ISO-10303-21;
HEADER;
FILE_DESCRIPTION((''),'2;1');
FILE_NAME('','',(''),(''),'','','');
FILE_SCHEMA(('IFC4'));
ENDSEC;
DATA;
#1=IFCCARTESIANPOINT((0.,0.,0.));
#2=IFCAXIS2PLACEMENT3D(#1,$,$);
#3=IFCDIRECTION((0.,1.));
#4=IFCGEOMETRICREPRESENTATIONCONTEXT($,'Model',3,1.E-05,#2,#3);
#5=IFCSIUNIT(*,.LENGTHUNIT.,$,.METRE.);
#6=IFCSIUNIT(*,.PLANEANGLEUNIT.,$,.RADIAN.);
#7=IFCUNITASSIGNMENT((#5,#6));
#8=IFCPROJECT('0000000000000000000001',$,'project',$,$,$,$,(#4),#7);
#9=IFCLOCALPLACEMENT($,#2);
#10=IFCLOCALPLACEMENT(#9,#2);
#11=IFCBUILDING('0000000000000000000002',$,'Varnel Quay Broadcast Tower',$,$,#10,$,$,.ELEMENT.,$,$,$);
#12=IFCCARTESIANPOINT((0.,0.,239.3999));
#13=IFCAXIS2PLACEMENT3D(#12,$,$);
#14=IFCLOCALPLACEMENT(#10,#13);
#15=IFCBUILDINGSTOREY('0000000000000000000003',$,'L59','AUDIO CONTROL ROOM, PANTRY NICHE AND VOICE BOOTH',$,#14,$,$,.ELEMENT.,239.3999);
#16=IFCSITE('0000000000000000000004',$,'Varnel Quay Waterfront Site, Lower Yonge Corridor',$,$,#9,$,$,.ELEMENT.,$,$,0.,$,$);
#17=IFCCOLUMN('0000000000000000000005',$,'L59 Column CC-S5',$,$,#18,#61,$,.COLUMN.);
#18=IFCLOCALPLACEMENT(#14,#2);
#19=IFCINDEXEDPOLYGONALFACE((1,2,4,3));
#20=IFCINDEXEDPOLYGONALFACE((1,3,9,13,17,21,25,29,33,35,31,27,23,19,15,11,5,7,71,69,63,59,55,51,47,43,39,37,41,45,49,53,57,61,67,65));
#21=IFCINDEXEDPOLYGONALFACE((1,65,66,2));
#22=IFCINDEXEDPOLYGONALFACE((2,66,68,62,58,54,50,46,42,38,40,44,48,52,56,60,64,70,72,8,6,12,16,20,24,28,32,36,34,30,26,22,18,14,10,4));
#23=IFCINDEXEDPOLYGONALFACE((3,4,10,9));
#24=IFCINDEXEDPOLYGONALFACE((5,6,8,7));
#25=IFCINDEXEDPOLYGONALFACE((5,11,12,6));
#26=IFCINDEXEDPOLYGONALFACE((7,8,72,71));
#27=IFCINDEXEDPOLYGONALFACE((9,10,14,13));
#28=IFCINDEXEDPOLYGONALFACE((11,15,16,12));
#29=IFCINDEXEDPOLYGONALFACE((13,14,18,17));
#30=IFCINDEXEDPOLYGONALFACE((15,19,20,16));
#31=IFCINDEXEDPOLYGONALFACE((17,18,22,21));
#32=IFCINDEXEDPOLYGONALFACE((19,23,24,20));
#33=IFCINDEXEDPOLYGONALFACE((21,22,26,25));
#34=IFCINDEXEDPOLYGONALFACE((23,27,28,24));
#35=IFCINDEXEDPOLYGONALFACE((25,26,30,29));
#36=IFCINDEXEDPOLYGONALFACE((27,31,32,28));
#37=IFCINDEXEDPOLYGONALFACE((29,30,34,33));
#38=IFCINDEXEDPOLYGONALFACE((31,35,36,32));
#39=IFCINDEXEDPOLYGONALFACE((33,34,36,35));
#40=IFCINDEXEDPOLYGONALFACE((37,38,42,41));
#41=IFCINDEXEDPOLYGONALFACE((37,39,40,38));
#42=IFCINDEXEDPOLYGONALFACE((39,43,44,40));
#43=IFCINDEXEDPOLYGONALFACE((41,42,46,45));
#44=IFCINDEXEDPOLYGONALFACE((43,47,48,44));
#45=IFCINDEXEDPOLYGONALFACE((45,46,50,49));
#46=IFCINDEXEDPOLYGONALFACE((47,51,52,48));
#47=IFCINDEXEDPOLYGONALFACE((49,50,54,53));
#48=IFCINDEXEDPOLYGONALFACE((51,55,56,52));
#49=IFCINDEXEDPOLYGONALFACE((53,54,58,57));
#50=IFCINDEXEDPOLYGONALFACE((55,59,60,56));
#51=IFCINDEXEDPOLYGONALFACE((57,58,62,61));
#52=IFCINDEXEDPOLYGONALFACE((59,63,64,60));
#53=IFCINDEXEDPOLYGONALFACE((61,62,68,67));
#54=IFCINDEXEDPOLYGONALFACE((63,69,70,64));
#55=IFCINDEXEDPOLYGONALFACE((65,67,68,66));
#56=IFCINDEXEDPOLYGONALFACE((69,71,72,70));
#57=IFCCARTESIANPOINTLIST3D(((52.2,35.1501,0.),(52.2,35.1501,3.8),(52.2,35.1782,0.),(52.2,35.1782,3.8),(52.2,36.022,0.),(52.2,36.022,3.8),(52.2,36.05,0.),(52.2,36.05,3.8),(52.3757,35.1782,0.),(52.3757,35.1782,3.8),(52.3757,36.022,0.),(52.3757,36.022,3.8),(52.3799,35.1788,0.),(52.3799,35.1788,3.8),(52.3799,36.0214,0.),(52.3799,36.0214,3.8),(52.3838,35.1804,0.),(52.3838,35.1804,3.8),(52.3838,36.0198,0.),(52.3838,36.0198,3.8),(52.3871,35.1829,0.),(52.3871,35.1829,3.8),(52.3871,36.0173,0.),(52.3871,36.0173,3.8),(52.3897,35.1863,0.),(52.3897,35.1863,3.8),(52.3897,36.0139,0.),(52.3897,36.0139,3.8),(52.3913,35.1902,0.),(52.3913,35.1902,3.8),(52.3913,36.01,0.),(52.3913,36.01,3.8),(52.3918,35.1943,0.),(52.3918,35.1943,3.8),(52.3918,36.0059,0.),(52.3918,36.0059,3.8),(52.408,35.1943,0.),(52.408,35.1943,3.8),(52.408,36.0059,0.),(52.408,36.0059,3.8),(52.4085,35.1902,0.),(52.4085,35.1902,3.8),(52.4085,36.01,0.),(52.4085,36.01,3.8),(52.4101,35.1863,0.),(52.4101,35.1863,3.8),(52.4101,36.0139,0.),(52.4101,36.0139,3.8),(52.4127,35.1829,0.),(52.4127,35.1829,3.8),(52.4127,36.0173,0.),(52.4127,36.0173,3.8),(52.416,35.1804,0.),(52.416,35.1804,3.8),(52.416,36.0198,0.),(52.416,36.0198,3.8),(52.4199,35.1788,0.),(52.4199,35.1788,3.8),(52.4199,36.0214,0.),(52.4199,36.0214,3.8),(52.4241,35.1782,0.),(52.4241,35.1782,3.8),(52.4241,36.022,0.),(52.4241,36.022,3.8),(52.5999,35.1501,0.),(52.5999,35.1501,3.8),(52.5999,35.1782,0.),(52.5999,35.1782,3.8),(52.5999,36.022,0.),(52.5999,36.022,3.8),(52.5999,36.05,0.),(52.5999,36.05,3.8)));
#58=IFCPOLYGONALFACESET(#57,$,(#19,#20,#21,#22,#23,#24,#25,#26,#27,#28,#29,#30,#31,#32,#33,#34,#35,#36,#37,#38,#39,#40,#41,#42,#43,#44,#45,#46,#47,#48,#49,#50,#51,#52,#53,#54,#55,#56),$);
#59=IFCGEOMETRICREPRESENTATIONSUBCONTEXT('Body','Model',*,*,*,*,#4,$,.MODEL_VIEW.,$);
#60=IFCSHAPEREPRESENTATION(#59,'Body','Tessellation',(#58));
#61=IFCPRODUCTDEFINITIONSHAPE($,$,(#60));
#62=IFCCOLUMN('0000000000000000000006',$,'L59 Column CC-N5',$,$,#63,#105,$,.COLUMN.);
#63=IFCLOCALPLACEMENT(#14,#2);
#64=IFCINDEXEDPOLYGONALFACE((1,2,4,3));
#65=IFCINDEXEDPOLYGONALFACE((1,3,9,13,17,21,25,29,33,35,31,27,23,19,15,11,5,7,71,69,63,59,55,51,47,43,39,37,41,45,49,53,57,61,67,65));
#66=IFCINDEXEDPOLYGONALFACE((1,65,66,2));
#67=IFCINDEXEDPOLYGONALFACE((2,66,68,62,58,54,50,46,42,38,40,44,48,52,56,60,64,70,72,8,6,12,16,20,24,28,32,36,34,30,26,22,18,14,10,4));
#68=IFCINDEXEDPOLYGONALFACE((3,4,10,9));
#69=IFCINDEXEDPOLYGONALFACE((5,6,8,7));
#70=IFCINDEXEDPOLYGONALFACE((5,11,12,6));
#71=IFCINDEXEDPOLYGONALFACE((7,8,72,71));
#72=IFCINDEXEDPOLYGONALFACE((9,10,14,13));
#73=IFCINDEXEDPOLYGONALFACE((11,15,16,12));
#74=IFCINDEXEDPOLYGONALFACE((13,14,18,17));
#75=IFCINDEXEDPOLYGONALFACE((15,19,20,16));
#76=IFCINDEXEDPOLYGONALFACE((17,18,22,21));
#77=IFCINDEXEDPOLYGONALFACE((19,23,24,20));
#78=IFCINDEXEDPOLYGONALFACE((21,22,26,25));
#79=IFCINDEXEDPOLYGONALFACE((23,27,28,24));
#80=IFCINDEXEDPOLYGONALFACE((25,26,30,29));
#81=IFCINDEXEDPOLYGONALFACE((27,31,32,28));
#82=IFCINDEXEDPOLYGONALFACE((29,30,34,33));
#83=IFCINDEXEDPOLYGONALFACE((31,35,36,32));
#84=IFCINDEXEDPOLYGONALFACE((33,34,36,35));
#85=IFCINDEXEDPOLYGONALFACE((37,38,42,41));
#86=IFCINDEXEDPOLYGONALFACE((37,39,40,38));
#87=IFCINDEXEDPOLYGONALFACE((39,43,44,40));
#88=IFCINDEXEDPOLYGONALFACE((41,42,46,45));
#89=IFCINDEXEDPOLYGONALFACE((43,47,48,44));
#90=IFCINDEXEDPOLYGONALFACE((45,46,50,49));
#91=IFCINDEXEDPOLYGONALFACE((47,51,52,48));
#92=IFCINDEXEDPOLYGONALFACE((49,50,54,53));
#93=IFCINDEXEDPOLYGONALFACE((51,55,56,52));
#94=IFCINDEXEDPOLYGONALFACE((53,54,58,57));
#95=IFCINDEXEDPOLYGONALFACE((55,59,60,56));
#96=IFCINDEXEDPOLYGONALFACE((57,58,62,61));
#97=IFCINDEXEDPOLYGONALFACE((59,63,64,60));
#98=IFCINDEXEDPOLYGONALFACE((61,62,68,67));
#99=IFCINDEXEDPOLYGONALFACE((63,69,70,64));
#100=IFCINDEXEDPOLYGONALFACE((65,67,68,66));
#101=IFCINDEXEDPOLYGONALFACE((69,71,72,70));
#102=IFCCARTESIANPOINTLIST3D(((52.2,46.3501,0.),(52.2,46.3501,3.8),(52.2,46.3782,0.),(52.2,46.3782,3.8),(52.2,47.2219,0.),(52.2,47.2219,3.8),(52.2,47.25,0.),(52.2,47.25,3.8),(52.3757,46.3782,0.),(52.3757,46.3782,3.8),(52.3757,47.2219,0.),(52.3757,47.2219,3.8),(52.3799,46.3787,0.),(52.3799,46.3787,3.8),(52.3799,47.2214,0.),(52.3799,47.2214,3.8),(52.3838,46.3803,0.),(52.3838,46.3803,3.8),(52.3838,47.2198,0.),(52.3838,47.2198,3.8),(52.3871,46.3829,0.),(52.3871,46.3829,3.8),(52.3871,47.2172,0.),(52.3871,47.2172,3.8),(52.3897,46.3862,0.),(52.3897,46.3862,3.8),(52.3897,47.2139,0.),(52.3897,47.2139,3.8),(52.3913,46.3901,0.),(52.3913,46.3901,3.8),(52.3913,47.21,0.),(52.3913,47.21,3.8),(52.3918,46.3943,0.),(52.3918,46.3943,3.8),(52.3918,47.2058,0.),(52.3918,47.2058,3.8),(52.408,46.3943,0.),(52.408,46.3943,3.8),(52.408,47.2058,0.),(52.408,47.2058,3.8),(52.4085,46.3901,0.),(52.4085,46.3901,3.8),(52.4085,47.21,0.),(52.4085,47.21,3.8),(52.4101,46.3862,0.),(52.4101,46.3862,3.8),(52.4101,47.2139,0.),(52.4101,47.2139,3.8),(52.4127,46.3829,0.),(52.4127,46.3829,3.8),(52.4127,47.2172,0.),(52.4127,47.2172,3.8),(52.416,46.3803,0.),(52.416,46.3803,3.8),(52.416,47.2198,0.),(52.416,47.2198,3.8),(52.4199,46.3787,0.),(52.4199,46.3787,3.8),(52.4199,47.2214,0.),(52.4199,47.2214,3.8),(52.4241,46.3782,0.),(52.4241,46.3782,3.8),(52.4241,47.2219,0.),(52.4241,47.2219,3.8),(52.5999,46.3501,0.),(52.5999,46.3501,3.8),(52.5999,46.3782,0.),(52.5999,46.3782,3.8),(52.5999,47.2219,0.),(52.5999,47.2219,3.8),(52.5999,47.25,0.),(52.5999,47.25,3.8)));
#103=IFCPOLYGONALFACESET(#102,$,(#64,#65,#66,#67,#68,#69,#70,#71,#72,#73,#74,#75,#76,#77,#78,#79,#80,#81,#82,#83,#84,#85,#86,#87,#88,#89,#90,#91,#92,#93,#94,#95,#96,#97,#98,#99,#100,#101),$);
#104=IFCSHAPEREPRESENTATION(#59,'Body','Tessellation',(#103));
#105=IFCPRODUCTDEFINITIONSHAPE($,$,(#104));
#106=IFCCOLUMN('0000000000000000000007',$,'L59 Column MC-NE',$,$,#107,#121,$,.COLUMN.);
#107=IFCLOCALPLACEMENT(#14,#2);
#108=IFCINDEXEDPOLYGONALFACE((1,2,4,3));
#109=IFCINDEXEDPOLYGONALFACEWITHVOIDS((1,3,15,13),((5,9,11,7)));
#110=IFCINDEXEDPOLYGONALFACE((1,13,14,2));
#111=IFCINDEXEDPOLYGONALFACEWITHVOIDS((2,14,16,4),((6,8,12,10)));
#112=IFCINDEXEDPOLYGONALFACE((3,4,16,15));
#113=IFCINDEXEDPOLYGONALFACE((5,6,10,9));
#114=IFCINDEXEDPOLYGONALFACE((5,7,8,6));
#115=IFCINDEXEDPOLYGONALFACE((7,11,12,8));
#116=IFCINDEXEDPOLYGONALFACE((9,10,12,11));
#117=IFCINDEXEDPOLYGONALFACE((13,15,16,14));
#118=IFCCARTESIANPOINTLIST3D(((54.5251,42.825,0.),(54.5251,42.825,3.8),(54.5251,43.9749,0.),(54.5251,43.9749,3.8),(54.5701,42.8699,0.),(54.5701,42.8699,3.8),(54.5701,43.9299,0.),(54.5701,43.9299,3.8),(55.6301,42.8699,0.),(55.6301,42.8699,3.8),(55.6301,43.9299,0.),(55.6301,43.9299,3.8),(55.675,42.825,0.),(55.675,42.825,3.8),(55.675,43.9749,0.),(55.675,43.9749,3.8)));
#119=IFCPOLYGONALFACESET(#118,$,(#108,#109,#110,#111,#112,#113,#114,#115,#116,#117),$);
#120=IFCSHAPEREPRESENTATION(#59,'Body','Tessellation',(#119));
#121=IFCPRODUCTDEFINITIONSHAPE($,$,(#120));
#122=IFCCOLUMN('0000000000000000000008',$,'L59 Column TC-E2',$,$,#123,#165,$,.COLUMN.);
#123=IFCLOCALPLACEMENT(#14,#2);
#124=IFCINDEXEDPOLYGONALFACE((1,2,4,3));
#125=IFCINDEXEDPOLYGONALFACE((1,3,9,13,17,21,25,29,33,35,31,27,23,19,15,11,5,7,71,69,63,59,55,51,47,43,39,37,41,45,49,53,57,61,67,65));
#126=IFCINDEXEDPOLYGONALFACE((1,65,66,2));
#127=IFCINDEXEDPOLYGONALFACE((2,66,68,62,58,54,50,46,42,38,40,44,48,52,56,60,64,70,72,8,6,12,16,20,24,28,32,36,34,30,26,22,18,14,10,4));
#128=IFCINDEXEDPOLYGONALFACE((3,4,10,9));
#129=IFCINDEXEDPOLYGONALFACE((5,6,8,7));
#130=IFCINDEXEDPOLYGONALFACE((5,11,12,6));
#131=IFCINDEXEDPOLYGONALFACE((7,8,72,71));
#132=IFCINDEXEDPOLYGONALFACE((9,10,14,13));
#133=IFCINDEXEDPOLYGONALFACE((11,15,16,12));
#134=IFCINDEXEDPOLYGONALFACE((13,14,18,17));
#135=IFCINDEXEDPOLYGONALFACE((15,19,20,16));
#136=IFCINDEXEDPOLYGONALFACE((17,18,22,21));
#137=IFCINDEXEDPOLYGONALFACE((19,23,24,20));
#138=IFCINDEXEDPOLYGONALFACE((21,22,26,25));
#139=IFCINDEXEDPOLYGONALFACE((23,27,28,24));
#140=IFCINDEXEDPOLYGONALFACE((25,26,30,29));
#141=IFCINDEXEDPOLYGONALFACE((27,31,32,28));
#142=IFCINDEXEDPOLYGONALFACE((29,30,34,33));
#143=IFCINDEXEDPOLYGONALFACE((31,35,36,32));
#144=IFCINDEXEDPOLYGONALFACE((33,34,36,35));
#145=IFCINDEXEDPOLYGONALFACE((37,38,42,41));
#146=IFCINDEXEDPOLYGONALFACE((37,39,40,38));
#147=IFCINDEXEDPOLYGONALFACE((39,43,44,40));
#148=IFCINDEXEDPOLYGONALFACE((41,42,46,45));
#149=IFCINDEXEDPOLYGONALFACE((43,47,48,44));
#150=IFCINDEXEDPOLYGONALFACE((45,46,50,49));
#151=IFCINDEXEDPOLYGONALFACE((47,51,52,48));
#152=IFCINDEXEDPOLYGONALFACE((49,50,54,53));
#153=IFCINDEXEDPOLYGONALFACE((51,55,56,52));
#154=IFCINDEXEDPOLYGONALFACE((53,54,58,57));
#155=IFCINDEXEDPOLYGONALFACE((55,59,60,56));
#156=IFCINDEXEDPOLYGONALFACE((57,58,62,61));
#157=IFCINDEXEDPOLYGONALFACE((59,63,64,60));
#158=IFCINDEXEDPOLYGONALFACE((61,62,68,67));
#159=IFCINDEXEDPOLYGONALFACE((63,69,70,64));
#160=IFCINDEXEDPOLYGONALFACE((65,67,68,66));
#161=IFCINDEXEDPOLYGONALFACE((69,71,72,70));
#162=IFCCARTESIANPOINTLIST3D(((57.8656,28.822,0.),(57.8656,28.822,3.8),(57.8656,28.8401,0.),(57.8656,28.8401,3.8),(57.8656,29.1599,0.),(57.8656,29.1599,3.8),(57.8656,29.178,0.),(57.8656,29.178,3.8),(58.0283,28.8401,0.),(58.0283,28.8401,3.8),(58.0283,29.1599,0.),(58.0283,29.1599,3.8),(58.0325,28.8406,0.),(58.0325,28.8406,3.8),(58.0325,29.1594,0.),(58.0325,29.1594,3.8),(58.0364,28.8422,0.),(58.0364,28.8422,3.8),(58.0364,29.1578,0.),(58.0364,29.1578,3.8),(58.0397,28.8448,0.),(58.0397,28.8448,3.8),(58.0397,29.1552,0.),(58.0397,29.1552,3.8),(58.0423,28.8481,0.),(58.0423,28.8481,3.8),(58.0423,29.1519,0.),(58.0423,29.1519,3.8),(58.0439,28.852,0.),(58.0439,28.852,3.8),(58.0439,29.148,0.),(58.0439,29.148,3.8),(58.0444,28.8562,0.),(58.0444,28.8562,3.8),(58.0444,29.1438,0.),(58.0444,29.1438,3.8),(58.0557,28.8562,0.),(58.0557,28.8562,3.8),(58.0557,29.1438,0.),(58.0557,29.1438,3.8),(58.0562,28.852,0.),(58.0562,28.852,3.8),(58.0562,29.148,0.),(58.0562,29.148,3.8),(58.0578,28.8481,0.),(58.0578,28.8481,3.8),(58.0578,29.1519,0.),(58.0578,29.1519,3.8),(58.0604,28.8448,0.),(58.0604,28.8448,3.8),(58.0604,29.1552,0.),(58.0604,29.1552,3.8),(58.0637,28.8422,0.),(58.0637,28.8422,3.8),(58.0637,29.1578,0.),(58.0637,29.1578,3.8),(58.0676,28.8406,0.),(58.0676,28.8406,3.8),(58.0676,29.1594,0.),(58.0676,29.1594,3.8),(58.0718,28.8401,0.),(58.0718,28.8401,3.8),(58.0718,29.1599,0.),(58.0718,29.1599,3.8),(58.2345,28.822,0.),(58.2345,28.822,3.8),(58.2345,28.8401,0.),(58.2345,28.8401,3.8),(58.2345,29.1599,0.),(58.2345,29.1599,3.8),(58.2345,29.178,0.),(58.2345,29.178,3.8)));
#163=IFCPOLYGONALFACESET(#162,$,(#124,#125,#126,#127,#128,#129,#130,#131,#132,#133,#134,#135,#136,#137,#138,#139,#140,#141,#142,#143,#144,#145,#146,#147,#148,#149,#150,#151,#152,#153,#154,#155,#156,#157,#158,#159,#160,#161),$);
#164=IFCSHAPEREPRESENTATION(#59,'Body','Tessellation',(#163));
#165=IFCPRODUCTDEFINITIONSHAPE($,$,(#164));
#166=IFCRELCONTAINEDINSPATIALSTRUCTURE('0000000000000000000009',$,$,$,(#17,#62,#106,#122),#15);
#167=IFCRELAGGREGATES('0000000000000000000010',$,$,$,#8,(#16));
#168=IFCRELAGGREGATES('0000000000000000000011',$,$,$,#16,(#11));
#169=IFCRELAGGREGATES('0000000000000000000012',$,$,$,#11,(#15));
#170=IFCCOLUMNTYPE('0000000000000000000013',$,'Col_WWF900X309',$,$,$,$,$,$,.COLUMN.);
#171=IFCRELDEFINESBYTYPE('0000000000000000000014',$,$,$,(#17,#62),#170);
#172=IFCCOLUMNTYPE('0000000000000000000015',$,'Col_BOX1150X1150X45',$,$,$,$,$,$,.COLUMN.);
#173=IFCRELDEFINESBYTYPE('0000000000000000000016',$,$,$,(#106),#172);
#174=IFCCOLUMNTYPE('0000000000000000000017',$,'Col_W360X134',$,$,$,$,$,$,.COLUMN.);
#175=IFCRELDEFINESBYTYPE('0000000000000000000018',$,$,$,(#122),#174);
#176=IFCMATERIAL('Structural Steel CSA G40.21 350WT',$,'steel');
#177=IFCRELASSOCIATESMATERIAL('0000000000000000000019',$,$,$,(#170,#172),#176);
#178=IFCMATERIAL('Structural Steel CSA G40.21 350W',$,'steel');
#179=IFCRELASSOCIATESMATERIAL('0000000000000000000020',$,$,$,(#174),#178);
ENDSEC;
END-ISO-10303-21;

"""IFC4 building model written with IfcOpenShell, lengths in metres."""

from ifc_helpers import new_model, si_unit, direction, frame, origin, origin_2d, place, context, subcontext, project, spatial, hollow_rectangle, i_section, extrude, source, transform, mapped, material, material_profile, profile_set, type_object, type_shapes, element, save


model = new_model("IFC4")

# Units and contexts
model_context = context("Model", 3, precision=1e-05, world=origin(), true_north=direction((0.0, 1.0)))
body_context = subcontext(model_context, "Body", "Model", "MODEL_VIEW")
ifc_project = project(units=[si_unit("LENGTHUNIT", "METRE"), si_unit("PLANEANGLEUNIT", "RADIAN")], contexts=[model_context])

# Site, building, storey
site_placement = place(None, origin())
site = spatial("IfcSite", under=ifc_project, at=site_placement, Name="Varnel Quay Waterfront Site, Lower Yonge Corridor", CompositionType="ELEMENT", RefElevation=0.0)
building_placement = place(site_placement, origin())
building = spatial("IfcBuilding", under=site, at=building_placement, Name="Varnel Quay Broadcast Tower", CompositionType="ELEMENT")
storey_placement = place(building_placement, frame((0.0, 0.0, 239.3999)))
storey = spatial("IfcBuildingStorey", under=building, at=storey_placement, Name="L59", Description="AUDIO CONTROL ROOM, PANTRY NICHE AND VOICE BOOTH", CompositionType="ELEMENT", Elevation=239.3999)

# Columns
ifc_material_1 = material(Name="Structural Steel CSA G40.21 350WT", Category="steel")
ifc_material_profile_1 = material_profile(ifc_material_1, i_section(OverallWidth=0.3999, OverallDepth=0.8999, WebThickness=0.0161, FlangeThickness=0.0281, FilletRadius=0.0161, at=origin_2d()), Name="WWF900X309")
ifc_profile_set_1 = profile_set([ifc_material_profile_1], Name="Structural Steel CSA G40.21 350WT")
column_type_1 = type_object("IfcColumnType", Name="Col_WWF900X309", PredefinedType="COLUMN", material=ifc_profile_set_1)
shared_shape_1 = source(origin(), body_context, "Body", "SweptSolid", [
    extrude(i_section(OverallWidth=0.3999, OverallDepth=0.8999, WebThickness=0.0161, FlangeThickness=0.0281, FilletRadius=0.0161, at=origin_2d()), origin(), (0.0, 0.0, 1.0), 3.8),
])
type_shapes(column_type_1, [shared_shape_1])
for number, where, z_axis, x_axis, name in (
    (1, (52.3999, 35.6001, 0.0), (0.0, 0.0, 1.0), (1.0, 0.0, 0.0), "L59 Column CC-S5"),
    (2, (52.3999, 46.8, 0.0), (0.0, 0.0, 1.0), (1.0, 0.0, 0.0), "L59 Column CC-N5"),
):
    element("IfcColumn", number, at=place(storey_placement, frame(where, z_axis=z_axis, x_axis=x_axis)), inside=storey, type_object=column_type_1, Name=name, PredefinedType="COLUMN", context=body_context, shape_type="MappedRepresentation", body=[
        mapped(shared_shape_1, transform((0.0, 0.0, 0.0), x_axis=(1.0, 0.0, 0.0), y_axis=(0.0, 1.0, 0.0), z_axis=(0.0, 0.0, 1.0), scale=1.0)),
    ])
ifc_material_profile_2 = material_profile(ifc_material_1, hollow_rectangle(XDim=1.1499, YDim=1.1499, WallThickness=0.0449, at=origin_2d()), Name="BOX1150X1150X45")
ifc_profile_set_2 = profile_set([ifc_material_profile_2], Name="Structural Steel CSA G40.21 350WT")
column_type_2 = type_object("IfcColumnType", Name="Col_BOX1150X1150X45", PredefinedType="COLUMN", material=ifc_profile_set_2)
shared_shape_2 = source(origin(), body_context, "Body", "SweptSolid", [
    extrude(hollow_rectangle(XDim=1.1499, YDim=1.1499, WallThickness=0.0449, at=origin_2d()), origin(), (0.0, 0.0, 1.0), 3.8),
])
type_shapes(column_type_2, [shared_shape_2])
column_placement = place(storey_placement, frame((55.1001, 43.3999, 0.0), z_axis=(0.0, 0.0, 1.0), x_axis=(1.0, 0.0, 0.0)))
element("IfcColumn", 3, at=column_placement, inside=storey, type_object=column_type_2, Name="L59 Column MC-NE", PredefinedType="COLUMN", context=body_context, shape_type="MappedRepresentation", body=[
    mapped(shared_shape_2, transform((0.0, 0.0, 0.0), x_axis=(1.0, 0.0, 0.0), y_axis=(0.0, 1.0, 0.0), z_axis=(0.0, 0.0, 1.0), scale=1.0)),
])
ifc_material_2 = material(Name="Structural Steel CSA G40.21 350W", Category="steel")
ifc_material_profile_3 = material_profile(ifc_material_2, i_section(OverallWidth=0.3689, OverallDepth=0.356, WebThickness=0.0112, FlangeThickness=0.0181, FilletRadius=0.0161, at=origin_2d()), Name="W360X134")
ifc_profile_set_3 = profile_set([ifc_material_profile_3], Name="Structural Steel CSA G40.21 350W")
column_type_3 = type_object("IfcColumnType", Name="Col_W360X134", PredefinedType="COLUMN", material=ifc_profile_set_3)
shared_shape_3 = source(origin(), body_context, "Body", "SweptSolid", [
    extrude(i_section(OverallWidth=0.3689, OverallDepth=0.356, WebThickness=0.0112, FlangeThickness=0.0181, FilletRadius=0.0161, at=origin_2d()), origin(), (0.0, 0.0, 1.0), 3.8),
])
type_shapes(column_type_3, [shared_shape_3])
for number, where, z_axis, x_axis, name in (
    (4, (58.05, 29.0, 0.0), (0.0, 0.0, 1.0), (1.0, 0.0, 0.0), "L59 Column TC-E2"),
):
    element("IfcColumn", number, at=place(storey_placement, frame(where, z_axis=z_axis, x_axis=x_axis)), inside=storey, type_object=column_type_3, Name=name, PredefinedType="COLUMN", context=body_context, shape_type="MappedRepresentation", body=[
        mapped(shared_shape_3, transform((0.0, 0.0, 0.0), x_axis=(1.0, 0.0, 0.0), y_axis=(0.0, 1.0, 0.0), z_axis=(0.0, 0.0, 1.0), scale=1.0)),
    ])

save(model, "model.ifc")
